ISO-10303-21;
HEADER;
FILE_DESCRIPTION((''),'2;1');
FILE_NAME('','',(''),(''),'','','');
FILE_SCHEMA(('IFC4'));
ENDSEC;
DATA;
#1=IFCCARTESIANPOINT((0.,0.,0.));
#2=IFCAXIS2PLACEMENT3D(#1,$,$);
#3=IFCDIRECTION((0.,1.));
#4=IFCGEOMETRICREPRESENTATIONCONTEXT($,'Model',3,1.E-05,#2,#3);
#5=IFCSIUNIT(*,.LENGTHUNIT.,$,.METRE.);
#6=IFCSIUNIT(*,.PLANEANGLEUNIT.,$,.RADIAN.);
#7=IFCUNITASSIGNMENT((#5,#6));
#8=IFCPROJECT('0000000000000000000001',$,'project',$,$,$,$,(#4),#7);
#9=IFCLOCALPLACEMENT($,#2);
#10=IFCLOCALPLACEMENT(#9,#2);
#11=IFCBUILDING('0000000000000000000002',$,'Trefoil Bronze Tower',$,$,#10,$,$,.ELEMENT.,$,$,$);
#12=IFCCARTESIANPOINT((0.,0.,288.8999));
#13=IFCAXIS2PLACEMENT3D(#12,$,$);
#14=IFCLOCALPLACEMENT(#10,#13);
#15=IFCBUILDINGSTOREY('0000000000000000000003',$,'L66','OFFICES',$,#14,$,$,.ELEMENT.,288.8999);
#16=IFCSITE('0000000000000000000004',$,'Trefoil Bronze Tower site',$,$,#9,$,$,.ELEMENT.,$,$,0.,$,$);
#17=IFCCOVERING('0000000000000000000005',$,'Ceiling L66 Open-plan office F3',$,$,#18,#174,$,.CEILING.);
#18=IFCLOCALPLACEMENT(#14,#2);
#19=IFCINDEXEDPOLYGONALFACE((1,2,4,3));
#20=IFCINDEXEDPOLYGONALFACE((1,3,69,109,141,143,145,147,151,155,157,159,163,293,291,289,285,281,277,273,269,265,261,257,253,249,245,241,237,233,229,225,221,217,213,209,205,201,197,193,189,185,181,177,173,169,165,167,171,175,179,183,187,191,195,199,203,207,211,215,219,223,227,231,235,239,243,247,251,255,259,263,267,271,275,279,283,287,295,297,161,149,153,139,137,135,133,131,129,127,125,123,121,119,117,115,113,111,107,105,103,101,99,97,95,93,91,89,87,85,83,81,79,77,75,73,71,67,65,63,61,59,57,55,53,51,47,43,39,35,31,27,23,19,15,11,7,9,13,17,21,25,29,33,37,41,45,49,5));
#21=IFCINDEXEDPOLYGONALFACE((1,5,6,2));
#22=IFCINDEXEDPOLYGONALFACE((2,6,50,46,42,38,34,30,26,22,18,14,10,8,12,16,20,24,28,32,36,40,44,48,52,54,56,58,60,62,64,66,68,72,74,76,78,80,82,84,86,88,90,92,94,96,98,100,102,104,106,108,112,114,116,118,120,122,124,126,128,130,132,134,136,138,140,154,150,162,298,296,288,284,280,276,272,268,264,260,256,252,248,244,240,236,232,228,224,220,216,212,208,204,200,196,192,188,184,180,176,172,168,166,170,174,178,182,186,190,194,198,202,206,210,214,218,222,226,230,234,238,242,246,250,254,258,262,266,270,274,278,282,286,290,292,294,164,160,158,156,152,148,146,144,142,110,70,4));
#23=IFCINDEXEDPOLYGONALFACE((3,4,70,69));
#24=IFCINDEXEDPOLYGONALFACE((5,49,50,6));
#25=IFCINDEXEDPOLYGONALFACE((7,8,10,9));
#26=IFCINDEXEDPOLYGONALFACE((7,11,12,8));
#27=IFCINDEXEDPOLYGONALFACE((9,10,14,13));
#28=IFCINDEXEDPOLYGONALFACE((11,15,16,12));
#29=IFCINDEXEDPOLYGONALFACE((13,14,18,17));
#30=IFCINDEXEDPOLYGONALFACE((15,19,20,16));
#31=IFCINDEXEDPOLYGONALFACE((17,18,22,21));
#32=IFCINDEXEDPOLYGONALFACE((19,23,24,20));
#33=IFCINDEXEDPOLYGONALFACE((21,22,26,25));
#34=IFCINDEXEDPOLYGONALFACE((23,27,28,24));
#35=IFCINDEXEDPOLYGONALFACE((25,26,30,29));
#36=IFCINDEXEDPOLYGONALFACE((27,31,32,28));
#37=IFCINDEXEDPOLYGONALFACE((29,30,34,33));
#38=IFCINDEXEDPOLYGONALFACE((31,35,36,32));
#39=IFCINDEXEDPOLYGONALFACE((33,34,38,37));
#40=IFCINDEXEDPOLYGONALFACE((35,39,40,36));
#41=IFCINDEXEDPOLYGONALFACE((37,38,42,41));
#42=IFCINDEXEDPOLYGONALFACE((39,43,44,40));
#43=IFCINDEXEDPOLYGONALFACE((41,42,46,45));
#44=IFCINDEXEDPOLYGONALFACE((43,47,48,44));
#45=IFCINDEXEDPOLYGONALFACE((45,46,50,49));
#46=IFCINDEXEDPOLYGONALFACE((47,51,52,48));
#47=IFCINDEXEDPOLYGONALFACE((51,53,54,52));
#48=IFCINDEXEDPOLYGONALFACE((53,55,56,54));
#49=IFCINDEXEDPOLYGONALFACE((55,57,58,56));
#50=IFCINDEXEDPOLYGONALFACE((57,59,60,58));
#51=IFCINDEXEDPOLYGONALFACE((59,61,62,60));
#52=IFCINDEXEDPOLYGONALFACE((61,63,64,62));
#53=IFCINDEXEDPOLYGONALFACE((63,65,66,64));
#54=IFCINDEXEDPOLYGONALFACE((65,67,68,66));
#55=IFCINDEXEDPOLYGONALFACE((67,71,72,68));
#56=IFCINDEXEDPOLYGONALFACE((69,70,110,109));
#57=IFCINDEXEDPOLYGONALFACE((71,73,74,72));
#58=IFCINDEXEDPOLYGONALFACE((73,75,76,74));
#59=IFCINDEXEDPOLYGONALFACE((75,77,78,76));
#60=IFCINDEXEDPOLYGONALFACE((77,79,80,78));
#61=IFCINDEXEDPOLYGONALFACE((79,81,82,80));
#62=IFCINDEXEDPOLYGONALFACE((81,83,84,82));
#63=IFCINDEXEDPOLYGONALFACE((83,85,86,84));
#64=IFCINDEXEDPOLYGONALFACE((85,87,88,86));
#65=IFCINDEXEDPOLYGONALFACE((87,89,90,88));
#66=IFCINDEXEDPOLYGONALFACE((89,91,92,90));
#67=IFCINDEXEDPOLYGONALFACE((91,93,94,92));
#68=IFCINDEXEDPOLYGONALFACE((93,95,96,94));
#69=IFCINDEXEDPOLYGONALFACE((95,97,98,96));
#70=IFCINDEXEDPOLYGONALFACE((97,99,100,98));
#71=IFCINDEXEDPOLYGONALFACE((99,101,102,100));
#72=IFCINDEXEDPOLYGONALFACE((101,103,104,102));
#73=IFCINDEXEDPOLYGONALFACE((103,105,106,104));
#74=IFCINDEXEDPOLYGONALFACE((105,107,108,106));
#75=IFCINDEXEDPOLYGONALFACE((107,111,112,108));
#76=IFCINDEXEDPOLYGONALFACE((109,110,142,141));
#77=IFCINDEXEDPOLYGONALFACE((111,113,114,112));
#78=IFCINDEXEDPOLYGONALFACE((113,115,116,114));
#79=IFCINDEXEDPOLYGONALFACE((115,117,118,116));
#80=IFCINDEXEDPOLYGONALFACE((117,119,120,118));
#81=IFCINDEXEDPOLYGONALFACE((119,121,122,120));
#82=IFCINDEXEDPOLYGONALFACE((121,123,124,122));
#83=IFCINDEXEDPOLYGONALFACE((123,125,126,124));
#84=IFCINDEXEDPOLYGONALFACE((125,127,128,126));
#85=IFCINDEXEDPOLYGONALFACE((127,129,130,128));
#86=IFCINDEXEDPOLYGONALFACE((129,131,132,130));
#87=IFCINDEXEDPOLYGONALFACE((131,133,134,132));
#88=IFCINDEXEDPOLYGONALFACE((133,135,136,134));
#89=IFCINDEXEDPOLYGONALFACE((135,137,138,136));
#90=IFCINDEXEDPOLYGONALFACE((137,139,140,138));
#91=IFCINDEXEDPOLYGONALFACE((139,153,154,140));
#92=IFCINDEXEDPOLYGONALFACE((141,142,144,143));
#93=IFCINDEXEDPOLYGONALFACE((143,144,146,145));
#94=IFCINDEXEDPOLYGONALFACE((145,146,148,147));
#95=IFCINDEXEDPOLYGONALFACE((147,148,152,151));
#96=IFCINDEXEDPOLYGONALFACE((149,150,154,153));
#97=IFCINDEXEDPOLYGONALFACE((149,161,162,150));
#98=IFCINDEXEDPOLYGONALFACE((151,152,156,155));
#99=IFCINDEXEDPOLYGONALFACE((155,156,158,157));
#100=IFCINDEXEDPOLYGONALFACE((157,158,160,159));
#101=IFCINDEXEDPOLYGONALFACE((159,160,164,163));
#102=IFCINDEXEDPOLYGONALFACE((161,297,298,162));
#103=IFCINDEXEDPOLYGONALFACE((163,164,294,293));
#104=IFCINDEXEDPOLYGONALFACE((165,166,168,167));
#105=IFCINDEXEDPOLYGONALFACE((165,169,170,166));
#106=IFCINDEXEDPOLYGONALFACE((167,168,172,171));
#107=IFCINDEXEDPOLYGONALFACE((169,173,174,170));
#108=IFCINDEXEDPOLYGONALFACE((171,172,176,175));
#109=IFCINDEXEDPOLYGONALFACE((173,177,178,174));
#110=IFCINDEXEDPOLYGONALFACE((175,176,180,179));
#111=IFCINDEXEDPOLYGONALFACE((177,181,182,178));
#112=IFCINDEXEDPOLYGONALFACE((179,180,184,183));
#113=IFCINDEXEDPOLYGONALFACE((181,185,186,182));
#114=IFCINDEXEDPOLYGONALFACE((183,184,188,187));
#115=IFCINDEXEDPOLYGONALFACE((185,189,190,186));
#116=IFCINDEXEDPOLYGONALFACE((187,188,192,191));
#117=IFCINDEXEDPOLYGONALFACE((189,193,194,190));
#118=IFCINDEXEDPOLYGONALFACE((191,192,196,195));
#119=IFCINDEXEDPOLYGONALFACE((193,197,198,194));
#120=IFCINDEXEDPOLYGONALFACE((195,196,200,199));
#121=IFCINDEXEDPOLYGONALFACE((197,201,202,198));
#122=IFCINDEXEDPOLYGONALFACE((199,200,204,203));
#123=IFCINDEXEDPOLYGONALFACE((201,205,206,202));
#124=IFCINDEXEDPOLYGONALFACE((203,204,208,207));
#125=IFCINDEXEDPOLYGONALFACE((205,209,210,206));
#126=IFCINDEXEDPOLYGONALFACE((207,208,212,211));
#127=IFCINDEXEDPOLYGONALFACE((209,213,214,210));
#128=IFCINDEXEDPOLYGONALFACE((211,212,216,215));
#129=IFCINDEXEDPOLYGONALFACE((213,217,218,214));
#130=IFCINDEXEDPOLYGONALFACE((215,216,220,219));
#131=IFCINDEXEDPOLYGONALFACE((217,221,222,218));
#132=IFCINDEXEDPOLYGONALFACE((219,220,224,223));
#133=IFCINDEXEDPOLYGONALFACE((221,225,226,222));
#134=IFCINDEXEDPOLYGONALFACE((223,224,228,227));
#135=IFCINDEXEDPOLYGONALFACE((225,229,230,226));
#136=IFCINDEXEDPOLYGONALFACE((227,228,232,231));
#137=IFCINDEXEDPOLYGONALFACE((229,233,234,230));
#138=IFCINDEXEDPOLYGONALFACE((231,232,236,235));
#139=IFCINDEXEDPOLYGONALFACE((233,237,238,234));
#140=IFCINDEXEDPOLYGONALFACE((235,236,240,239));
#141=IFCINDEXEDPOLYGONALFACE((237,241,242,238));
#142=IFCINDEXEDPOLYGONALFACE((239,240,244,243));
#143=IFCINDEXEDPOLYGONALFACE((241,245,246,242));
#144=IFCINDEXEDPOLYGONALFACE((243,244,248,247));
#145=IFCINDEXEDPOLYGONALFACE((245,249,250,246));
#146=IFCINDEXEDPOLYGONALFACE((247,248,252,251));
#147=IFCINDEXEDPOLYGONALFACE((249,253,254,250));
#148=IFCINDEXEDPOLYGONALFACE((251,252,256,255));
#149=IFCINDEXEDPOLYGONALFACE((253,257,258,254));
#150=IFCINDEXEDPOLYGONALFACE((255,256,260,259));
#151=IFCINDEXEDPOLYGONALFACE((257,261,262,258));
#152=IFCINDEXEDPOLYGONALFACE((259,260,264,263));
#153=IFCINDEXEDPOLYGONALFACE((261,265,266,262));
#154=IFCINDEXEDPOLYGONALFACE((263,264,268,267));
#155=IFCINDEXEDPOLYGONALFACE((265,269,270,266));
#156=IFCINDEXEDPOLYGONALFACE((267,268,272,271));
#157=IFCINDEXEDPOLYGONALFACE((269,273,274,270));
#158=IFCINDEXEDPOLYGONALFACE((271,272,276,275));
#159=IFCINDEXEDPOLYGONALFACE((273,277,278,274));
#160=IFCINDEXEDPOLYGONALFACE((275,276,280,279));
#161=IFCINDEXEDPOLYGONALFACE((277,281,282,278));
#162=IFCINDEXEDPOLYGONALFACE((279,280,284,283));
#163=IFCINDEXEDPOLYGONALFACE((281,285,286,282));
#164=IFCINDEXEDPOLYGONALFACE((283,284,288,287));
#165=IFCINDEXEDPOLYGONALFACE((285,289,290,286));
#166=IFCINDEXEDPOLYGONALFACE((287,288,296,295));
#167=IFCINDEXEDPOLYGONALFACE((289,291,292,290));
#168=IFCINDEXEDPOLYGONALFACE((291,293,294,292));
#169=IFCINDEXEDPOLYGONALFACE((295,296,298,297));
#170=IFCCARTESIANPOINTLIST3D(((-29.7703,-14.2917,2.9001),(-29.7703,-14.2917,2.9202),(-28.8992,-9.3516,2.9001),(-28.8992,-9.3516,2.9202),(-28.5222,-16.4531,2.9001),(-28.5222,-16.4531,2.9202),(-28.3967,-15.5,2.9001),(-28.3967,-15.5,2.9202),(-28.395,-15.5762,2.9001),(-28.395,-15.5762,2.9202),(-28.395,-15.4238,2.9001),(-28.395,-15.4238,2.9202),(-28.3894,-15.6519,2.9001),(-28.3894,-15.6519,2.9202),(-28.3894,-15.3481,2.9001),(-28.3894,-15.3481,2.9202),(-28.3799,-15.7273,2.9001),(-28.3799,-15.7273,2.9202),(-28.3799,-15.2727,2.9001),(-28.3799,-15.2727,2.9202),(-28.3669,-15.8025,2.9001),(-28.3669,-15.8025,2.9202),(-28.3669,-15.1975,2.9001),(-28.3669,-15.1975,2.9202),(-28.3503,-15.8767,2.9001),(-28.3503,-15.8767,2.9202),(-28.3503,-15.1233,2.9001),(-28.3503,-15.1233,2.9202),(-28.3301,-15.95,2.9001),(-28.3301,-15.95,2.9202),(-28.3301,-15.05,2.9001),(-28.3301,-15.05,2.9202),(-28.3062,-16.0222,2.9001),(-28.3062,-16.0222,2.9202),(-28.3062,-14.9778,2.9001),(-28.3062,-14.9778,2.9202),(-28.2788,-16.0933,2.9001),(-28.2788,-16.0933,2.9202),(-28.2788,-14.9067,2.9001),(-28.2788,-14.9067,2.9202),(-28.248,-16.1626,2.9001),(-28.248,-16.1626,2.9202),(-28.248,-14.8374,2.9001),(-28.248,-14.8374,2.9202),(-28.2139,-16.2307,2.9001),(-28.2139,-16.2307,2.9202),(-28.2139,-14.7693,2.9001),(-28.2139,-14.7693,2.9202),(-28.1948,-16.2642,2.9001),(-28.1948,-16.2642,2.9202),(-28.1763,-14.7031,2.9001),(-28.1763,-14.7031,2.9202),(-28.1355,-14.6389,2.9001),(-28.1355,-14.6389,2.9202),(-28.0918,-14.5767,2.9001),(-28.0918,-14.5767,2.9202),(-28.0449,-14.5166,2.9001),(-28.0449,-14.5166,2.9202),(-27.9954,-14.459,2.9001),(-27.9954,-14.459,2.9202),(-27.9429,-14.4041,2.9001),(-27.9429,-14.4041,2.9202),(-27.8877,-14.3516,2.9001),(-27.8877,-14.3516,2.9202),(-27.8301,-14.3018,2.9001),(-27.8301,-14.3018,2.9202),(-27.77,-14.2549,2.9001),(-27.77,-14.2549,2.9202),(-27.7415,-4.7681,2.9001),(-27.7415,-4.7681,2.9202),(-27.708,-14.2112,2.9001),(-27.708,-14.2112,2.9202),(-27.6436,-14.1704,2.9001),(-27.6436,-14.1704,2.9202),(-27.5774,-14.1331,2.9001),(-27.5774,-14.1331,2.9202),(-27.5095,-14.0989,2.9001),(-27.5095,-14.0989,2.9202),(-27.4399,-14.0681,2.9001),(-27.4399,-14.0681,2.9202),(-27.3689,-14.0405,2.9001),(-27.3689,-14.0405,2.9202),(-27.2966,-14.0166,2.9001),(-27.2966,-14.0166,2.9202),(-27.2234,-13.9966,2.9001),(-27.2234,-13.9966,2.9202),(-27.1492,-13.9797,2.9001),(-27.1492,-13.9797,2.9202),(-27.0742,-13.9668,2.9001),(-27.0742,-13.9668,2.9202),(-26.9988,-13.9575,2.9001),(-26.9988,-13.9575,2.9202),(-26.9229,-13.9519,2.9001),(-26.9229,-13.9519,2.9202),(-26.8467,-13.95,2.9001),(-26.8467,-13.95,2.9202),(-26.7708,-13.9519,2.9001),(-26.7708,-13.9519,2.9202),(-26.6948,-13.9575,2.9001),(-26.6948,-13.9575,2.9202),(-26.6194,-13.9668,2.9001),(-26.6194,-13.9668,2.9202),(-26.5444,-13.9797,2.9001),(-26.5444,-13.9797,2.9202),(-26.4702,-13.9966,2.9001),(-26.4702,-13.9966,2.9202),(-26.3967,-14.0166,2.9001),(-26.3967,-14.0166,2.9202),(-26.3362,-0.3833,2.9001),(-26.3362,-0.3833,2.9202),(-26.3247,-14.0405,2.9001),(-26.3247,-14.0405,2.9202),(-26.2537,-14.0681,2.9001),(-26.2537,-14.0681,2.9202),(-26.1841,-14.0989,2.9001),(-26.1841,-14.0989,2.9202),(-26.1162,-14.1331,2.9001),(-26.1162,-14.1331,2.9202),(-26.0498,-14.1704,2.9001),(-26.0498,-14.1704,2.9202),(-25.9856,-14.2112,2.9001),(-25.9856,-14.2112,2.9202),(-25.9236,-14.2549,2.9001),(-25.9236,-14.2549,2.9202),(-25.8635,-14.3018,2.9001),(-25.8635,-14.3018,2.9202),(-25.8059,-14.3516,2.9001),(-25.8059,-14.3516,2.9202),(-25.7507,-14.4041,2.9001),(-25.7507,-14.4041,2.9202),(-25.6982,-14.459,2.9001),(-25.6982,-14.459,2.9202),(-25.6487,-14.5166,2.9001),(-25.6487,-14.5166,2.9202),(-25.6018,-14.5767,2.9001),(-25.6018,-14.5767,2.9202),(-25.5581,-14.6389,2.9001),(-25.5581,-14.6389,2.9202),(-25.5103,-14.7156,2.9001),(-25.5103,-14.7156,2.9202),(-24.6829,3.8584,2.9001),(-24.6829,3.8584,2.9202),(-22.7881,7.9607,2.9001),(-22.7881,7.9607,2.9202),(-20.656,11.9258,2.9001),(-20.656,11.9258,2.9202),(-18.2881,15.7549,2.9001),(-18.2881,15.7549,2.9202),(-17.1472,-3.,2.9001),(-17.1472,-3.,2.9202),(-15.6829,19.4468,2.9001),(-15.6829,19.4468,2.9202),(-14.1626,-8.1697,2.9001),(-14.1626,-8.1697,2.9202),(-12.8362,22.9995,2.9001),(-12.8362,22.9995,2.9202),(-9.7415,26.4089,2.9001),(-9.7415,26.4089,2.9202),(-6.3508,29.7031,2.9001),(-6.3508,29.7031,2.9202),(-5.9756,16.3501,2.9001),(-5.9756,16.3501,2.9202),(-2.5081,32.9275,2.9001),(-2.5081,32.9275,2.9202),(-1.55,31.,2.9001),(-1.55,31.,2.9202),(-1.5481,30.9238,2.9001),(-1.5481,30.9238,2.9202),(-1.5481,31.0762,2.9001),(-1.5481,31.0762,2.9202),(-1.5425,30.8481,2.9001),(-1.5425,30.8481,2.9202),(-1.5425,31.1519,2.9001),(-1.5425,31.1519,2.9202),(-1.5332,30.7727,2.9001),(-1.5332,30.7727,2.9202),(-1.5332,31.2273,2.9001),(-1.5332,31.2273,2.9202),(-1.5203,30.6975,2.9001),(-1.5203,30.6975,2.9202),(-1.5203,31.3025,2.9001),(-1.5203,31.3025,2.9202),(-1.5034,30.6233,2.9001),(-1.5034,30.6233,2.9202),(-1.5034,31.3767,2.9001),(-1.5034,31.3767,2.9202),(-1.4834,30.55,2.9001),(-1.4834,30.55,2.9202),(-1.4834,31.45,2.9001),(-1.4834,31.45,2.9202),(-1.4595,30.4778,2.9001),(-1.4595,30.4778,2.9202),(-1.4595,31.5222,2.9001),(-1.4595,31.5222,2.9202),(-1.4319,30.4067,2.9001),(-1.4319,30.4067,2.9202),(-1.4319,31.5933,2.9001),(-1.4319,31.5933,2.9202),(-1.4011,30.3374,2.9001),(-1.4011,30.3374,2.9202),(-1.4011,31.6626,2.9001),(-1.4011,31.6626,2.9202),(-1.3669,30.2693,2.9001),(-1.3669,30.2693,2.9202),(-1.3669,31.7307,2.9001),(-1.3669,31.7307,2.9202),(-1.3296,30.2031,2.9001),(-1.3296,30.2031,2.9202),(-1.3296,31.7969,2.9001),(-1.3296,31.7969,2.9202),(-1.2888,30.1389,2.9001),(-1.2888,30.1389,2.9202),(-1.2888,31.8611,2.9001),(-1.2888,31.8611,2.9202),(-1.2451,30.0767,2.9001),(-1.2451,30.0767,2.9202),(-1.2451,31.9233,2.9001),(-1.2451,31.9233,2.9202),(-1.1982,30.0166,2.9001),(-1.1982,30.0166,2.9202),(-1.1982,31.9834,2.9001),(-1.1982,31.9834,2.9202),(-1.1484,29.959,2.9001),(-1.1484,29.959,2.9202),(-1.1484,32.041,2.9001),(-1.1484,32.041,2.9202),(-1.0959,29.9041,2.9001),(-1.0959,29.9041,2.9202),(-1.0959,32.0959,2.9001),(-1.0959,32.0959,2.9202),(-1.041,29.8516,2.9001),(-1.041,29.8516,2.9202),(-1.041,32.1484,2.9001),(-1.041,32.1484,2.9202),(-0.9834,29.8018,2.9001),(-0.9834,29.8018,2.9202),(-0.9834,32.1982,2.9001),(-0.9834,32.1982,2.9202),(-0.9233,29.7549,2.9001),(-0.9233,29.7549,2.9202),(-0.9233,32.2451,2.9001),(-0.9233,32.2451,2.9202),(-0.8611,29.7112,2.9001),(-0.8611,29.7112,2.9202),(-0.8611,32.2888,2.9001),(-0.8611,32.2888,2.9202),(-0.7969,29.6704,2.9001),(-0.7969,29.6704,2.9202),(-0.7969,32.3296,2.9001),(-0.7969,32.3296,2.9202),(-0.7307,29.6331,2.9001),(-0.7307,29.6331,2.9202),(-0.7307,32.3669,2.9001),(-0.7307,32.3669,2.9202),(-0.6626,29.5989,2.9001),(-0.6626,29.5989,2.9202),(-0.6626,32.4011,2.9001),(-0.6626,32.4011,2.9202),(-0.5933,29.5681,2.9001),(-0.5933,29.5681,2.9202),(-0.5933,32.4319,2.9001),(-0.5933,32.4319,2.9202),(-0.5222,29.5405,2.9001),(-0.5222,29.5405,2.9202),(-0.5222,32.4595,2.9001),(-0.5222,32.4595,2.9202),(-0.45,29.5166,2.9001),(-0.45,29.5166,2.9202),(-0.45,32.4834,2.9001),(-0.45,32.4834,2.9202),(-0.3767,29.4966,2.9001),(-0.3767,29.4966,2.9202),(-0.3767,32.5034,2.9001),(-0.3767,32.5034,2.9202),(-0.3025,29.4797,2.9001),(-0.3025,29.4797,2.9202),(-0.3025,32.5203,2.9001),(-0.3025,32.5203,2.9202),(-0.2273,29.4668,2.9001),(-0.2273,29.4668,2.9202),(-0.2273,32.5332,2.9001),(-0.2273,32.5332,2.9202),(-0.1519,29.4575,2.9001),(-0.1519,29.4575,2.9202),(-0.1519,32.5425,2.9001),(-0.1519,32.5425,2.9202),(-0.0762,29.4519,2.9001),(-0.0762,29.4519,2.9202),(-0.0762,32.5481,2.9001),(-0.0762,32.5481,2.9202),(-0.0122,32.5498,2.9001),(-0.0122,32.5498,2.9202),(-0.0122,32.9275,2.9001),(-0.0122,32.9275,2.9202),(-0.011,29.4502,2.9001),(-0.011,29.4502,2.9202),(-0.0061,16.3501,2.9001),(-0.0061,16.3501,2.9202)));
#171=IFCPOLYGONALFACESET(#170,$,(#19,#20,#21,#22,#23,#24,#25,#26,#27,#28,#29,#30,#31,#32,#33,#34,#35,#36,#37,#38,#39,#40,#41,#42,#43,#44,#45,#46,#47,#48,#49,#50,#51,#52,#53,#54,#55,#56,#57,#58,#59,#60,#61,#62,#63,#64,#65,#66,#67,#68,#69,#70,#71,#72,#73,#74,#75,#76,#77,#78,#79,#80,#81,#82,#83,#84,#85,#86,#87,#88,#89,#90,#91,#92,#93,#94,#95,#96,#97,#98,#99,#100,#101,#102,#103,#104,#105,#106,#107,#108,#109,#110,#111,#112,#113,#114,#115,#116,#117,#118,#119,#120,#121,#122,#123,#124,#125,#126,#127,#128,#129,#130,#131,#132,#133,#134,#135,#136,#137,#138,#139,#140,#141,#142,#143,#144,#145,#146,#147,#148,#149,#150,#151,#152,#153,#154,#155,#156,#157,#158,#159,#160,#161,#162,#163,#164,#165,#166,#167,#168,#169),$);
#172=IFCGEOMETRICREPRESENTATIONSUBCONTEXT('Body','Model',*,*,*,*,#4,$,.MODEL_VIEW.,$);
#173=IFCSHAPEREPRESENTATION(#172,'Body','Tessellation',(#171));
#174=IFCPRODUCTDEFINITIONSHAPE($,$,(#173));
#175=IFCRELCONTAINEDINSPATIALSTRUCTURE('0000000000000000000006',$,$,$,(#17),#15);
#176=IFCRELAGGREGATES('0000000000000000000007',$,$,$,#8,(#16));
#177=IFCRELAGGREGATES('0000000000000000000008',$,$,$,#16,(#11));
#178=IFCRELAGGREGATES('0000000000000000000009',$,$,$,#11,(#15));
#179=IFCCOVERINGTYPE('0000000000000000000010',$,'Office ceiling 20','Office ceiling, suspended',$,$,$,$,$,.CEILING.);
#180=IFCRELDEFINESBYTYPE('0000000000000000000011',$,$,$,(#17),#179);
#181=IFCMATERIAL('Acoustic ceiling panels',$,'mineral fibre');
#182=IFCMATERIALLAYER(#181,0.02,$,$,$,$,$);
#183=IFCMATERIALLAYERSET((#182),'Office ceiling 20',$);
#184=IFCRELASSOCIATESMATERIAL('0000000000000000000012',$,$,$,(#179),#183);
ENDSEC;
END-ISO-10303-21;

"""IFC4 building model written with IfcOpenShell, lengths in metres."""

from ifc_helpers import new_model, si_unit, direction, frame, origin, place, context, subcontext, project, spatial, polyline, outline, extrude, material, layer, layer_set, type_object, element, save


model = new_model("IFC4")

# Units and contexts
model_context = context("Model", 3, precision=1e-05, world=origin(), true_north=direction((0.0, 1.0)))
body_context = subcontext(model_context, "Body", "Model", "MODEL_VIEW")
ifc_project = project(units=[si_unit("LENGTHUNIT", "METRE"), si_unit("PLANEANGLEUNIT", "RADIAN")], contexts=[model_context])

# Site, building, storey
site_placement = place(None, origin())
site = spatial("IfcSite", under=ifc_project, at=site_placement, Name="Trefoil Bronze Tower site", CompositionType="ELEMENT", RefElevation=0.0)
building_placement = place(site_placement, origin())
building = spatial("IfcBuilding", under=site, at=building_placement, Name="Trefoil Bronze Tower", CompositionType="ELEMENT")
storey_placement = place(building_placement, frame((0.0, 0.0, 288.8999)))
storey = spatial("IfcBuildingStorey", under=building, at=storey_placement, Name="L66", Description="OFFICES", CompositionType="ELEMENT", Elevation=288.8999)

# Covering
ifc_material_1 = material(Name="Acoustic ceiling panels", Category="mineral fibre")
ifc_layer_1 = layer(ifc_material_1, 0.02)
ifc_layer_set_1 = layer_set([ifc_layer_1], Name="Office ceiling 20")
covering_type_1 = type_object("IfcCoveringType", Name="Office ceiling 20", Description="Office ceiling, suspended", PredefinedType="CEILING", material=ifc_layer_set_1)
covering_1_placement = place(storey_placement, frame((0.0, 0.0, 2.9001)))
element("IfcCovering", 1, at=covering_1_placement, inside=storey, type_object=covering_type_1, Name="Ceiling L66 Open-plan office F3", PredefinedType="CEILING", context=body_context, shape_type="SweptSolid", body=[
    extrude(outline(polyline([(-27.7415, -4.7681), (-26.3362, -0.3833), (-24.6829, 3.8584), (-22.7881, 7.9607), (-20.656, 11.9258), (-18.2881, 15.7549), (-15.6829, 19.4468), (-12.8362, 22.9995), (-9.7415, 26.4089), (-6.3508, 29.7031), (-2.5081, 32.9275), (-0.0122, 32.9275), (-0.0122, 32.5498), (-0.0762, 32.5481), (-0.1519, 32.5425), (-0.2273, 32.5332), (-0.3025, 32.5203), (-0.3767, 32.5034), (-0.45, 32.4834), (-0.5222, 32.4595), (-0.5933, 32.4319), (-0.6626, 32.4011), (-0.7307, 32.3669), (-0.7969, 32.3296), (-0.8611, 32.2888), (-0.9233, 32.2451), (-0.9834, 32.1982), (-1.041, 32.1484), (-1.0959, 32.0959), (-1.1484, 32.041), (-1.1982, 31.9834), (-1.2451, 31.9233), (-1.2888, 31.8611), (-1.3296, 31.7969), (-1.3669, 31.7307), (-1.4011, 31.6626), (-1.4319, 31.5933), (-1.4595, 31.5222), (-1.4834, 31.45), (-1.5034, 31.3767), (-1.5203, 31.3025), (-1.5332, 31.2273), (-1.5425, 31.1519), (-1.5481, 31.0762), (-1.55, 31.0), (-1.5481, 30.9238), (-1.5425, 30.8481), (-1.5332, 30.7727), (-1.5203, 30.6975), (-1.5034, 30.6233), (-1.4834, 30.55), (-1.4595, 30.4778), (-1.4319, 30.4067), (-1.4011, 30.3374), (-1.3669, 30.2693), (-1.3296, 30.2031), (-1.2888, 30.1389), (-1.2451, 30.0767), (-1.1982, 30.0166), (-1.1484, 29.959), (-1.0959, 29.9041), (-1.041, 29.8516), (-0.9834, 29.8018), (-0.9233, 29.7549), (-0.8611, 29.7112), (-0.7969, 29.6704), (-0.7307, 29.6331), (-0.6626, 29.5989), (-0.5933, 29.5681), (-0.5222, 29.5405), (-0.45, 29.5166), (-0.3767, 29.4966), (-0.3025, 29.4797), (-0.2273, 29.4668), (-0.1519, 29.4575), (-0.0762, 29.4519), (-0.011, 29.4502), (-0.0061, 16.3501), (-5.9756, 16.3501), (-17.1472, -3.0), (-14.1626, -8.1697), (-25.5103, -14.7156), (-25.5581, -14.6389), (-25.6018, -14.5767), (-25.6487, -14.5166), (-25.6982, -14.459), (-25.7507, -14.4041), (-25.8059, -14.3516), (-25.8635, -14.3018), (-25.9236, -14.2549), (-25.9856, -14.2112), (-26.0498, -14.1704), (-26.1162, -14.1331), (-26.1841, -14.0989), (-26.2537, -14.0681), (-26.3247, -14.0405), (-26.3967, -14.0166), (-26.4702, -13.9966), (-26.5444, -13.9797), (-26.6194, -13.9668), (-26.6948, -13.9575), (-26.7708, -13.9519), (-26.8467, -13.95), (-26.9229, -13.9519), (-26.9988, -13.9575), (-27.0742, -13.9668), (-27.1492, -13.9797), (-27.2234, -13.9966), (-27.2966, -14.0166), (-27.3689, -14.0405), (-27.4399, -14.0681), (-27.5095, -14.0989), (-27.5774, -14.1331), (-27.6436, -14.1704), (-27.708, -14.2112), (-27.77, -14.2549), (-27.8301, -14.3018), (-27.8877, -14.3516), (-27.9429, -14.4041), (-27.9954, -14.459), (-28.0449, -14.5166), (-28.0918, -14.5767), (-28.1355, -14.6389), (-28.1763, -14.7031), (-28.2139, -14.7693), (-28.248, -14.8374), (-28.2788, -14.9067), (-28.3062, -14.9778), (-28.3301, -15.05), (-28.3503, -15.1233), (-28.3669, -15.1975), (-28.3799, -15.2727), (-28.3894, -15.3481), (-28.395, -15.4238), (-28.3967, -15.5), (-28.395, -15.5762), (-28.3894, -15.6519), (-28.3799, -15.7273), (-28.3669, -15.8025), (-28.3503, -15.8767), (-28.3301, -15.95), (-28.3062, -16.0222), (-28.2788, -16.0933), (-28.248, -16.1626), (-28.2139, -16.2307), (-28.1948, -16.2642), (-28.5222, -16.4531), (-29.7703, -14.2917), (-28.8992, -9.3516), (-27.7415, -4.7681)])), origin(), (0.0, 0.0, 1.0), 0.02),
])

save(model, "model.ifc")
